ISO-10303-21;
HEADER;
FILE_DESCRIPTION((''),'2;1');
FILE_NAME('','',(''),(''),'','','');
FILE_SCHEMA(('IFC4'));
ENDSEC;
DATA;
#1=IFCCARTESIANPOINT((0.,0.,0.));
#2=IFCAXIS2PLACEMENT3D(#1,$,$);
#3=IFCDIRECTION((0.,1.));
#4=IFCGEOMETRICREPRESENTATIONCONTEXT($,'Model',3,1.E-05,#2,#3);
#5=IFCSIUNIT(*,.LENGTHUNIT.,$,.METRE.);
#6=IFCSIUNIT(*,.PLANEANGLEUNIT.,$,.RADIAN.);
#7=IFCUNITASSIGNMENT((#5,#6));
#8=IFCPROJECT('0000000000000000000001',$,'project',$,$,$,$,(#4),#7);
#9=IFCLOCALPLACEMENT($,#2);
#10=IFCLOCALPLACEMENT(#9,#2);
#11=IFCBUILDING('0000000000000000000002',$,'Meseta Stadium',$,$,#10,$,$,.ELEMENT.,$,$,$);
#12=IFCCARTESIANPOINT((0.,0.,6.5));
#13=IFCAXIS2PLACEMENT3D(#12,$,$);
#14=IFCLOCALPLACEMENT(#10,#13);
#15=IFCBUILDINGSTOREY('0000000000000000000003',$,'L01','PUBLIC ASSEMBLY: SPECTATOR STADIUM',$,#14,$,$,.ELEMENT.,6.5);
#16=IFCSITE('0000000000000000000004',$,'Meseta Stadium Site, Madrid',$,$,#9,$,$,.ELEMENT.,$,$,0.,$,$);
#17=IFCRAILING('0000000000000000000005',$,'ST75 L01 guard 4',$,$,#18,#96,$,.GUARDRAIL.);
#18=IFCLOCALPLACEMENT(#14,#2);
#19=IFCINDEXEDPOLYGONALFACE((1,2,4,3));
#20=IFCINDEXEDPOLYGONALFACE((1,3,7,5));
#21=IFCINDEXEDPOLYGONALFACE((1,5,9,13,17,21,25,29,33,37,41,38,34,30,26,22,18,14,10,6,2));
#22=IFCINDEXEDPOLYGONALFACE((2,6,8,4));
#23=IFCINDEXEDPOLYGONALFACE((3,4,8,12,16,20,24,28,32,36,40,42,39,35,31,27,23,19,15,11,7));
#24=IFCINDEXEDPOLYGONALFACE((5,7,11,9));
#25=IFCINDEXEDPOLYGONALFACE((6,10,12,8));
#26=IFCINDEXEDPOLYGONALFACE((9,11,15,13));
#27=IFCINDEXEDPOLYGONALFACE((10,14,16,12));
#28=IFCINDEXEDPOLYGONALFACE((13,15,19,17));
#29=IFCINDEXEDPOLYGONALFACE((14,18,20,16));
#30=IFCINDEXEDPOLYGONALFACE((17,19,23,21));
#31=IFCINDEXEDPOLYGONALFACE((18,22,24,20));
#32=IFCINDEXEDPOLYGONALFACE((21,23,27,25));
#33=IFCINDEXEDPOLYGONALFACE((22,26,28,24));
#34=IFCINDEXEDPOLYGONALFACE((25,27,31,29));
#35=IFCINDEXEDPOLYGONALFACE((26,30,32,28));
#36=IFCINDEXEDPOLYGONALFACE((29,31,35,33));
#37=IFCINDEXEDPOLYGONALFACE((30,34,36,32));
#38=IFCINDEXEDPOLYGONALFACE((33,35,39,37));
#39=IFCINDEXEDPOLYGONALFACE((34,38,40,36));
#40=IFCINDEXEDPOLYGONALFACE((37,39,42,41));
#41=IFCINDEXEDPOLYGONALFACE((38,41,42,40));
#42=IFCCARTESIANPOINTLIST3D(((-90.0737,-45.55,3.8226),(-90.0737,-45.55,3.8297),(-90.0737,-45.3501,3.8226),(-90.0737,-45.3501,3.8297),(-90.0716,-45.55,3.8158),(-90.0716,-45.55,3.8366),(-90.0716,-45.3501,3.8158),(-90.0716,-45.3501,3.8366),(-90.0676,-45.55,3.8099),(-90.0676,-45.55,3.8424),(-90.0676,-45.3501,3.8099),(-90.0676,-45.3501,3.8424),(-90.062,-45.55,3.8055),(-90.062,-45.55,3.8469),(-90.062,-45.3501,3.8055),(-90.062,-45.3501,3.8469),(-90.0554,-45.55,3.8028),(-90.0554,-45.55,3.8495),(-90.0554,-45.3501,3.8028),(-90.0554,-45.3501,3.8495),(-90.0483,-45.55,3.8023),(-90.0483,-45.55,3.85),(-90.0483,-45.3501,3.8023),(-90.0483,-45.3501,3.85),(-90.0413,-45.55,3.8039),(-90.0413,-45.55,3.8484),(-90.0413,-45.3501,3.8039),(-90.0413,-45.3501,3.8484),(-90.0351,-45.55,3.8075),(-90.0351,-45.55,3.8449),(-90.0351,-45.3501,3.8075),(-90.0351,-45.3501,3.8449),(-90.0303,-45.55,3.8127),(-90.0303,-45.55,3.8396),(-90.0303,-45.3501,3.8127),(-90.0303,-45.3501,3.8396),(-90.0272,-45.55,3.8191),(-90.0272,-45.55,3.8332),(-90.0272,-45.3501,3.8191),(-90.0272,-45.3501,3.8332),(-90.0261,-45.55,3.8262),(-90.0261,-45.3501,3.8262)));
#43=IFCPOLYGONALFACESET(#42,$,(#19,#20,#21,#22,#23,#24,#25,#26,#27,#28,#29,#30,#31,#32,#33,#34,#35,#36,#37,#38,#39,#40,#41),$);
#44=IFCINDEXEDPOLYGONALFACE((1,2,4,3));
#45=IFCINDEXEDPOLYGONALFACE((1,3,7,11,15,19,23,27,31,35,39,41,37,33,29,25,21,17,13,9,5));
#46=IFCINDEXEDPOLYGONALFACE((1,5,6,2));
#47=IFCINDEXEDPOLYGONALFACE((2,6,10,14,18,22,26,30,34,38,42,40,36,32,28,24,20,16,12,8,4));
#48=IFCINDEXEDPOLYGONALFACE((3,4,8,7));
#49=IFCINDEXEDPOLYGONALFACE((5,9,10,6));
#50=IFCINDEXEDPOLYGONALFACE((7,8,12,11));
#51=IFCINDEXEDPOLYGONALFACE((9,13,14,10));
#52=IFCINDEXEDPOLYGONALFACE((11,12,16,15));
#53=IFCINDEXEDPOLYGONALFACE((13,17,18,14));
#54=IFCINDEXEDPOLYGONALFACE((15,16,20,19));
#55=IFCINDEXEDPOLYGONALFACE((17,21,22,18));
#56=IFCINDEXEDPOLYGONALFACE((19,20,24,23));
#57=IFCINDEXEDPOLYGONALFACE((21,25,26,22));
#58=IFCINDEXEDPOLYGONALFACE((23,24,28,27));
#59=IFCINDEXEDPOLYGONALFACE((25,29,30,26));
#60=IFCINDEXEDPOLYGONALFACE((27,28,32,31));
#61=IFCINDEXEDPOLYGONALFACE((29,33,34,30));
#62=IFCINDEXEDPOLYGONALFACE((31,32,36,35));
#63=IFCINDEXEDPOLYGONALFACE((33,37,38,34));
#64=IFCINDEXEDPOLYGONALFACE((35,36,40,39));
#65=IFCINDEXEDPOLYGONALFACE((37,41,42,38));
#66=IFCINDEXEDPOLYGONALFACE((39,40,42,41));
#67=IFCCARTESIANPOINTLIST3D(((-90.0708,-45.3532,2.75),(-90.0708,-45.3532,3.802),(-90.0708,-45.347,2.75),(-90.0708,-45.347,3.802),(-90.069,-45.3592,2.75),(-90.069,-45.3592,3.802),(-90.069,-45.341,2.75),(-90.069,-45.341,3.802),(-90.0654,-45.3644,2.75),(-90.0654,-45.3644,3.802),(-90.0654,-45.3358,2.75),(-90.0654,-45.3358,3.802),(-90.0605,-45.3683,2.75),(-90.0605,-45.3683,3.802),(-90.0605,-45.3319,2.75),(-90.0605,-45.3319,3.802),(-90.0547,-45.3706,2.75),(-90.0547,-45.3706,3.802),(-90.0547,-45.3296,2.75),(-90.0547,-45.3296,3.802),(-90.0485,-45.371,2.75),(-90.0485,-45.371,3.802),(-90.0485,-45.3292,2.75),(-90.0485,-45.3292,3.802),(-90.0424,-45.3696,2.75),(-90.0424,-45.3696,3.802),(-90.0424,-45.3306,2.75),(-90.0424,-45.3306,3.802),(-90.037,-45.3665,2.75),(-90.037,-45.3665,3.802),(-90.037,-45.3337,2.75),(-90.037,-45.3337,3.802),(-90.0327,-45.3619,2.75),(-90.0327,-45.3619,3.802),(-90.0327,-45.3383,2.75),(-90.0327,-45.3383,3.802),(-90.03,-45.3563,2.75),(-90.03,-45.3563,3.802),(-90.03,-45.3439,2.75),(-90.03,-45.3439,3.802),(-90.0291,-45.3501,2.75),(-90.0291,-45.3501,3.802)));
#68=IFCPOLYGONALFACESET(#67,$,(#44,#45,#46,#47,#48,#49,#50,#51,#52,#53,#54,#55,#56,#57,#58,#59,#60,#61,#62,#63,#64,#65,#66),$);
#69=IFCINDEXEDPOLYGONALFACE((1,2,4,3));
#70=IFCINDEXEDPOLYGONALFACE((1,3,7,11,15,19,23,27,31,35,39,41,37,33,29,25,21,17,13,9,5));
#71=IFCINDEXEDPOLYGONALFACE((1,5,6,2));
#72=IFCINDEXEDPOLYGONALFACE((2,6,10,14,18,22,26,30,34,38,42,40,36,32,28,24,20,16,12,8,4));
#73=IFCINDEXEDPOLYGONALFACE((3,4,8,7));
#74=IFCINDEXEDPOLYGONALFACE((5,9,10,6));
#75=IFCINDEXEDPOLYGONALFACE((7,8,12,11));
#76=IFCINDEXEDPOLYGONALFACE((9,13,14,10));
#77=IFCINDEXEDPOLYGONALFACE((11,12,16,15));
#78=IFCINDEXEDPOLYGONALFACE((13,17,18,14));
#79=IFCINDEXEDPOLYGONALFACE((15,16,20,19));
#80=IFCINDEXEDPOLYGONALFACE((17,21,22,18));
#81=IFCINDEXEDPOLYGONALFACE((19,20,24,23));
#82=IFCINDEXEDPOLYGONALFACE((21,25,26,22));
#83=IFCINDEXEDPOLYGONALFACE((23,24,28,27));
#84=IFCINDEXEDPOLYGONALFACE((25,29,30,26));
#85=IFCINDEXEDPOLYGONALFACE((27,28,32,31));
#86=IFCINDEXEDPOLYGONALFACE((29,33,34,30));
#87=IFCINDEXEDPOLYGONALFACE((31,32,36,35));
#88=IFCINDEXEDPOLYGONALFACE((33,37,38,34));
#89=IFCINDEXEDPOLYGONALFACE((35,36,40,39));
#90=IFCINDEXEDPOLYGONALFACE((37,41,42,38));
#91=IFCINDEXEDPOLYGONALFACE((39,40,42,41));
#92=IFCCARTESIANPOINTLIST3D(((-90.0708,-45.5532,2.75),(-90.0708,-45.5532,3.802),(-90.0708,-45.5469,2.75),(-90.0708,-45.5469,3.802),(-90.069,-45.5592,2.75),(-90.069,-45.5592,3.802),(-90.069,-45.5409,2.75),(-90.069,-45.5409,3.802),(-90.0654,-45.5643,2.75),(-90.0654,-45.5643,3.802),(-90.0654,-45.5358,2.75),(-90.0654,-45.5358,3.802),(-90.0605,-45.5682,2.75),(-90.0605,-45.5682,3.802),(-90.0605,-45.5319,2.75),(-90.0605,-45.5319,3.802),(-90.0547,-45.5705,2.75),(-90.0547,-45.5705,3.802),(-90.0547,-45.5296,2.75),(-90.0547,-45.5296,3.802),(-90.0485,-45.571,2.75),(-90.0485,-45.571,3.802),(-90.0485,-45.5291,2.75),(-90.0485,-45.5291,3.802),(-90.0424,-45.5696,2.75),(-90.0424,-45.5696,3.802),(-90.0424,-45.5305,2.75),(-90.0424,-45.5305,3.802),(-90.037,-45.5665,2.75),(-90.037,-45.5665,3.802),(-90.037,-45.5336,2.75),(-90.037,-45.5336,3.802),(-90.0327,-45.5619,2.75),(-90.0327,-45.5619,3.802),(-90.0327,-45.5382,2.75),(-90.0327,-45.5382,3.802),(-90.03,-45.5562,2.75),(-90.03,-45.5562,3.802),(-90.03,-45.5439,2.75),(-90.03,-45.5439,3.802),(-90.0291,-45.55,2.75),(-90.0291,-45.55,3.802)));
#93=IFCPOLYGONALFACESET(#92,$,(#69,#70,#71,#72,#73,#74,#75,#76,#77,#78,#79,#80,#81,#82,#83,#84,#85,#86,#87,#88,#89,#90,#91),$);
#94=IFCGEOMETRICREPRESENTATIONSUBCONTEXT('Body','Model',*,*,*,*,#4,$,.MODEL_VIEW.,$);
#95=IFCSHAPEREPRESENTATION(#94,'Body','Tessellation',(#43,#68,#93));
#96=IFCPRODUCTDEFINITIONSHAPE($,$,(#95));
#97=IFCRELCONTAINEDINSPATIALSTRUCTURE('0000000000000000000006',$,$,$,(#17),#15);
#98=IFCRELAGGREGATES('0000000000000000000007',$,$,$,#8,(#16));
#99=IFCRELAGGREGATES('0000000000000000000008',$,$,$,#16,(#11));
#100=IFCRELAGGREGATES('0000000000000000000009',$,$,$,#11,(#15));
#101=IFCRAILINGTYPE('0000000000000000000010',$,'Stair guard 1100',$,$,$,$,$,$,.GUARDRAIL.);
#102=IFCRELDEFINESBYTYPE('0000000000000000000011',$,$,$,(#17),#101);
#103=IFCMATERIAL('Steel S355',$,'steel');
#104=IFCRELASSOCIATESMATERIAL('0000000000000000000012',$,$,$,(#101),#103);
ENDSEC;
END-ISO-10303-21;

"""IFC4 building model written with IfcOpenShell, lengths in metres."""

from ifc_helpers import new_model, si_unit, direction, frame, origin, origin_2d, place, context, subcontext, project, spatial, circle, extrude, material, type_object, element, save


model = new_model("IFC4")

# Units and contexts
model_context = context("Model", 3, precision=1e-05, world=origin(), true_north=direction((0.0, 1.0)))
body_context = subcontext(model_context, "Body", "Model", "MODEL_VIEW")
ifc_project = project(units=[si_unit("LENGTHUNIT", "METRE"), si_unit("PLANEANGLEUNIT", "RADIAN")], contexts=[model_context])

# Site, building, storey
site_placement = place(None, origin())
site = spatial("IfcSite", under=ifc_project, at=site_placement, Name="Meseta Stadium Site, Madrid", CompositionType="ELEMENT", RefElevation=0.0)
building_placement = place(site_placement, origin())
building = spatial("IfcBuilding", under=site, at=building_placement, Name="Meseta Stadium", CompositionType="ELEMENT")
storey_placement = place(building_placement, frame((0.0, 0.0, 6.5)))
storey = spatial("IfcBuildingStorey", under=building, at=storey_placement, Name="L01", Description="PUBLIC ASSEMBLY: SPECTATOR STADIUM", CompositionType="ELEMENT", Elevation=6.5)

# Railing
ifc_material_1 = material(Name="Steel S355", Category="steel")
railing_type_1 = type_object("IfcRailingType", Name="Stair guard 1100", PredefinedType="GUARDRAIL", material=ifc_material_1)
railing_1_placement = place(storey_placement, frame((-90.05, -45.3501, 2.75)))
element("IfcRailing", 1, at=railing_1_placement, inside=storey, type_object=railing_type_1, Name="ST75 L01 guard 4", PredefinedType="GUARDRAIL", context=body_context, shape_type="SweptSolid", body=[
    extrude(circle(Radius=0.0239, at=origin_2d()), frame((0.0, 0.0, 1.0762), z_axis=(0.0, -1.0, 0.0), x_axis=(1.0, 0.0, 0.0)), (0.0, 0.0, 1.0), 0.2),
    extrude(circle(Radius=0.021, at=origin_2d()), origin(), (0.0, 0.0, 1.0), 1.052),
    extrude(circle(Radius=0.021, at=origin_2d()), frame((0.0, -0.2, 0.0)), (0.0, 0.0, 1.0), 1.052),
])

save(model, "model.ifc")
